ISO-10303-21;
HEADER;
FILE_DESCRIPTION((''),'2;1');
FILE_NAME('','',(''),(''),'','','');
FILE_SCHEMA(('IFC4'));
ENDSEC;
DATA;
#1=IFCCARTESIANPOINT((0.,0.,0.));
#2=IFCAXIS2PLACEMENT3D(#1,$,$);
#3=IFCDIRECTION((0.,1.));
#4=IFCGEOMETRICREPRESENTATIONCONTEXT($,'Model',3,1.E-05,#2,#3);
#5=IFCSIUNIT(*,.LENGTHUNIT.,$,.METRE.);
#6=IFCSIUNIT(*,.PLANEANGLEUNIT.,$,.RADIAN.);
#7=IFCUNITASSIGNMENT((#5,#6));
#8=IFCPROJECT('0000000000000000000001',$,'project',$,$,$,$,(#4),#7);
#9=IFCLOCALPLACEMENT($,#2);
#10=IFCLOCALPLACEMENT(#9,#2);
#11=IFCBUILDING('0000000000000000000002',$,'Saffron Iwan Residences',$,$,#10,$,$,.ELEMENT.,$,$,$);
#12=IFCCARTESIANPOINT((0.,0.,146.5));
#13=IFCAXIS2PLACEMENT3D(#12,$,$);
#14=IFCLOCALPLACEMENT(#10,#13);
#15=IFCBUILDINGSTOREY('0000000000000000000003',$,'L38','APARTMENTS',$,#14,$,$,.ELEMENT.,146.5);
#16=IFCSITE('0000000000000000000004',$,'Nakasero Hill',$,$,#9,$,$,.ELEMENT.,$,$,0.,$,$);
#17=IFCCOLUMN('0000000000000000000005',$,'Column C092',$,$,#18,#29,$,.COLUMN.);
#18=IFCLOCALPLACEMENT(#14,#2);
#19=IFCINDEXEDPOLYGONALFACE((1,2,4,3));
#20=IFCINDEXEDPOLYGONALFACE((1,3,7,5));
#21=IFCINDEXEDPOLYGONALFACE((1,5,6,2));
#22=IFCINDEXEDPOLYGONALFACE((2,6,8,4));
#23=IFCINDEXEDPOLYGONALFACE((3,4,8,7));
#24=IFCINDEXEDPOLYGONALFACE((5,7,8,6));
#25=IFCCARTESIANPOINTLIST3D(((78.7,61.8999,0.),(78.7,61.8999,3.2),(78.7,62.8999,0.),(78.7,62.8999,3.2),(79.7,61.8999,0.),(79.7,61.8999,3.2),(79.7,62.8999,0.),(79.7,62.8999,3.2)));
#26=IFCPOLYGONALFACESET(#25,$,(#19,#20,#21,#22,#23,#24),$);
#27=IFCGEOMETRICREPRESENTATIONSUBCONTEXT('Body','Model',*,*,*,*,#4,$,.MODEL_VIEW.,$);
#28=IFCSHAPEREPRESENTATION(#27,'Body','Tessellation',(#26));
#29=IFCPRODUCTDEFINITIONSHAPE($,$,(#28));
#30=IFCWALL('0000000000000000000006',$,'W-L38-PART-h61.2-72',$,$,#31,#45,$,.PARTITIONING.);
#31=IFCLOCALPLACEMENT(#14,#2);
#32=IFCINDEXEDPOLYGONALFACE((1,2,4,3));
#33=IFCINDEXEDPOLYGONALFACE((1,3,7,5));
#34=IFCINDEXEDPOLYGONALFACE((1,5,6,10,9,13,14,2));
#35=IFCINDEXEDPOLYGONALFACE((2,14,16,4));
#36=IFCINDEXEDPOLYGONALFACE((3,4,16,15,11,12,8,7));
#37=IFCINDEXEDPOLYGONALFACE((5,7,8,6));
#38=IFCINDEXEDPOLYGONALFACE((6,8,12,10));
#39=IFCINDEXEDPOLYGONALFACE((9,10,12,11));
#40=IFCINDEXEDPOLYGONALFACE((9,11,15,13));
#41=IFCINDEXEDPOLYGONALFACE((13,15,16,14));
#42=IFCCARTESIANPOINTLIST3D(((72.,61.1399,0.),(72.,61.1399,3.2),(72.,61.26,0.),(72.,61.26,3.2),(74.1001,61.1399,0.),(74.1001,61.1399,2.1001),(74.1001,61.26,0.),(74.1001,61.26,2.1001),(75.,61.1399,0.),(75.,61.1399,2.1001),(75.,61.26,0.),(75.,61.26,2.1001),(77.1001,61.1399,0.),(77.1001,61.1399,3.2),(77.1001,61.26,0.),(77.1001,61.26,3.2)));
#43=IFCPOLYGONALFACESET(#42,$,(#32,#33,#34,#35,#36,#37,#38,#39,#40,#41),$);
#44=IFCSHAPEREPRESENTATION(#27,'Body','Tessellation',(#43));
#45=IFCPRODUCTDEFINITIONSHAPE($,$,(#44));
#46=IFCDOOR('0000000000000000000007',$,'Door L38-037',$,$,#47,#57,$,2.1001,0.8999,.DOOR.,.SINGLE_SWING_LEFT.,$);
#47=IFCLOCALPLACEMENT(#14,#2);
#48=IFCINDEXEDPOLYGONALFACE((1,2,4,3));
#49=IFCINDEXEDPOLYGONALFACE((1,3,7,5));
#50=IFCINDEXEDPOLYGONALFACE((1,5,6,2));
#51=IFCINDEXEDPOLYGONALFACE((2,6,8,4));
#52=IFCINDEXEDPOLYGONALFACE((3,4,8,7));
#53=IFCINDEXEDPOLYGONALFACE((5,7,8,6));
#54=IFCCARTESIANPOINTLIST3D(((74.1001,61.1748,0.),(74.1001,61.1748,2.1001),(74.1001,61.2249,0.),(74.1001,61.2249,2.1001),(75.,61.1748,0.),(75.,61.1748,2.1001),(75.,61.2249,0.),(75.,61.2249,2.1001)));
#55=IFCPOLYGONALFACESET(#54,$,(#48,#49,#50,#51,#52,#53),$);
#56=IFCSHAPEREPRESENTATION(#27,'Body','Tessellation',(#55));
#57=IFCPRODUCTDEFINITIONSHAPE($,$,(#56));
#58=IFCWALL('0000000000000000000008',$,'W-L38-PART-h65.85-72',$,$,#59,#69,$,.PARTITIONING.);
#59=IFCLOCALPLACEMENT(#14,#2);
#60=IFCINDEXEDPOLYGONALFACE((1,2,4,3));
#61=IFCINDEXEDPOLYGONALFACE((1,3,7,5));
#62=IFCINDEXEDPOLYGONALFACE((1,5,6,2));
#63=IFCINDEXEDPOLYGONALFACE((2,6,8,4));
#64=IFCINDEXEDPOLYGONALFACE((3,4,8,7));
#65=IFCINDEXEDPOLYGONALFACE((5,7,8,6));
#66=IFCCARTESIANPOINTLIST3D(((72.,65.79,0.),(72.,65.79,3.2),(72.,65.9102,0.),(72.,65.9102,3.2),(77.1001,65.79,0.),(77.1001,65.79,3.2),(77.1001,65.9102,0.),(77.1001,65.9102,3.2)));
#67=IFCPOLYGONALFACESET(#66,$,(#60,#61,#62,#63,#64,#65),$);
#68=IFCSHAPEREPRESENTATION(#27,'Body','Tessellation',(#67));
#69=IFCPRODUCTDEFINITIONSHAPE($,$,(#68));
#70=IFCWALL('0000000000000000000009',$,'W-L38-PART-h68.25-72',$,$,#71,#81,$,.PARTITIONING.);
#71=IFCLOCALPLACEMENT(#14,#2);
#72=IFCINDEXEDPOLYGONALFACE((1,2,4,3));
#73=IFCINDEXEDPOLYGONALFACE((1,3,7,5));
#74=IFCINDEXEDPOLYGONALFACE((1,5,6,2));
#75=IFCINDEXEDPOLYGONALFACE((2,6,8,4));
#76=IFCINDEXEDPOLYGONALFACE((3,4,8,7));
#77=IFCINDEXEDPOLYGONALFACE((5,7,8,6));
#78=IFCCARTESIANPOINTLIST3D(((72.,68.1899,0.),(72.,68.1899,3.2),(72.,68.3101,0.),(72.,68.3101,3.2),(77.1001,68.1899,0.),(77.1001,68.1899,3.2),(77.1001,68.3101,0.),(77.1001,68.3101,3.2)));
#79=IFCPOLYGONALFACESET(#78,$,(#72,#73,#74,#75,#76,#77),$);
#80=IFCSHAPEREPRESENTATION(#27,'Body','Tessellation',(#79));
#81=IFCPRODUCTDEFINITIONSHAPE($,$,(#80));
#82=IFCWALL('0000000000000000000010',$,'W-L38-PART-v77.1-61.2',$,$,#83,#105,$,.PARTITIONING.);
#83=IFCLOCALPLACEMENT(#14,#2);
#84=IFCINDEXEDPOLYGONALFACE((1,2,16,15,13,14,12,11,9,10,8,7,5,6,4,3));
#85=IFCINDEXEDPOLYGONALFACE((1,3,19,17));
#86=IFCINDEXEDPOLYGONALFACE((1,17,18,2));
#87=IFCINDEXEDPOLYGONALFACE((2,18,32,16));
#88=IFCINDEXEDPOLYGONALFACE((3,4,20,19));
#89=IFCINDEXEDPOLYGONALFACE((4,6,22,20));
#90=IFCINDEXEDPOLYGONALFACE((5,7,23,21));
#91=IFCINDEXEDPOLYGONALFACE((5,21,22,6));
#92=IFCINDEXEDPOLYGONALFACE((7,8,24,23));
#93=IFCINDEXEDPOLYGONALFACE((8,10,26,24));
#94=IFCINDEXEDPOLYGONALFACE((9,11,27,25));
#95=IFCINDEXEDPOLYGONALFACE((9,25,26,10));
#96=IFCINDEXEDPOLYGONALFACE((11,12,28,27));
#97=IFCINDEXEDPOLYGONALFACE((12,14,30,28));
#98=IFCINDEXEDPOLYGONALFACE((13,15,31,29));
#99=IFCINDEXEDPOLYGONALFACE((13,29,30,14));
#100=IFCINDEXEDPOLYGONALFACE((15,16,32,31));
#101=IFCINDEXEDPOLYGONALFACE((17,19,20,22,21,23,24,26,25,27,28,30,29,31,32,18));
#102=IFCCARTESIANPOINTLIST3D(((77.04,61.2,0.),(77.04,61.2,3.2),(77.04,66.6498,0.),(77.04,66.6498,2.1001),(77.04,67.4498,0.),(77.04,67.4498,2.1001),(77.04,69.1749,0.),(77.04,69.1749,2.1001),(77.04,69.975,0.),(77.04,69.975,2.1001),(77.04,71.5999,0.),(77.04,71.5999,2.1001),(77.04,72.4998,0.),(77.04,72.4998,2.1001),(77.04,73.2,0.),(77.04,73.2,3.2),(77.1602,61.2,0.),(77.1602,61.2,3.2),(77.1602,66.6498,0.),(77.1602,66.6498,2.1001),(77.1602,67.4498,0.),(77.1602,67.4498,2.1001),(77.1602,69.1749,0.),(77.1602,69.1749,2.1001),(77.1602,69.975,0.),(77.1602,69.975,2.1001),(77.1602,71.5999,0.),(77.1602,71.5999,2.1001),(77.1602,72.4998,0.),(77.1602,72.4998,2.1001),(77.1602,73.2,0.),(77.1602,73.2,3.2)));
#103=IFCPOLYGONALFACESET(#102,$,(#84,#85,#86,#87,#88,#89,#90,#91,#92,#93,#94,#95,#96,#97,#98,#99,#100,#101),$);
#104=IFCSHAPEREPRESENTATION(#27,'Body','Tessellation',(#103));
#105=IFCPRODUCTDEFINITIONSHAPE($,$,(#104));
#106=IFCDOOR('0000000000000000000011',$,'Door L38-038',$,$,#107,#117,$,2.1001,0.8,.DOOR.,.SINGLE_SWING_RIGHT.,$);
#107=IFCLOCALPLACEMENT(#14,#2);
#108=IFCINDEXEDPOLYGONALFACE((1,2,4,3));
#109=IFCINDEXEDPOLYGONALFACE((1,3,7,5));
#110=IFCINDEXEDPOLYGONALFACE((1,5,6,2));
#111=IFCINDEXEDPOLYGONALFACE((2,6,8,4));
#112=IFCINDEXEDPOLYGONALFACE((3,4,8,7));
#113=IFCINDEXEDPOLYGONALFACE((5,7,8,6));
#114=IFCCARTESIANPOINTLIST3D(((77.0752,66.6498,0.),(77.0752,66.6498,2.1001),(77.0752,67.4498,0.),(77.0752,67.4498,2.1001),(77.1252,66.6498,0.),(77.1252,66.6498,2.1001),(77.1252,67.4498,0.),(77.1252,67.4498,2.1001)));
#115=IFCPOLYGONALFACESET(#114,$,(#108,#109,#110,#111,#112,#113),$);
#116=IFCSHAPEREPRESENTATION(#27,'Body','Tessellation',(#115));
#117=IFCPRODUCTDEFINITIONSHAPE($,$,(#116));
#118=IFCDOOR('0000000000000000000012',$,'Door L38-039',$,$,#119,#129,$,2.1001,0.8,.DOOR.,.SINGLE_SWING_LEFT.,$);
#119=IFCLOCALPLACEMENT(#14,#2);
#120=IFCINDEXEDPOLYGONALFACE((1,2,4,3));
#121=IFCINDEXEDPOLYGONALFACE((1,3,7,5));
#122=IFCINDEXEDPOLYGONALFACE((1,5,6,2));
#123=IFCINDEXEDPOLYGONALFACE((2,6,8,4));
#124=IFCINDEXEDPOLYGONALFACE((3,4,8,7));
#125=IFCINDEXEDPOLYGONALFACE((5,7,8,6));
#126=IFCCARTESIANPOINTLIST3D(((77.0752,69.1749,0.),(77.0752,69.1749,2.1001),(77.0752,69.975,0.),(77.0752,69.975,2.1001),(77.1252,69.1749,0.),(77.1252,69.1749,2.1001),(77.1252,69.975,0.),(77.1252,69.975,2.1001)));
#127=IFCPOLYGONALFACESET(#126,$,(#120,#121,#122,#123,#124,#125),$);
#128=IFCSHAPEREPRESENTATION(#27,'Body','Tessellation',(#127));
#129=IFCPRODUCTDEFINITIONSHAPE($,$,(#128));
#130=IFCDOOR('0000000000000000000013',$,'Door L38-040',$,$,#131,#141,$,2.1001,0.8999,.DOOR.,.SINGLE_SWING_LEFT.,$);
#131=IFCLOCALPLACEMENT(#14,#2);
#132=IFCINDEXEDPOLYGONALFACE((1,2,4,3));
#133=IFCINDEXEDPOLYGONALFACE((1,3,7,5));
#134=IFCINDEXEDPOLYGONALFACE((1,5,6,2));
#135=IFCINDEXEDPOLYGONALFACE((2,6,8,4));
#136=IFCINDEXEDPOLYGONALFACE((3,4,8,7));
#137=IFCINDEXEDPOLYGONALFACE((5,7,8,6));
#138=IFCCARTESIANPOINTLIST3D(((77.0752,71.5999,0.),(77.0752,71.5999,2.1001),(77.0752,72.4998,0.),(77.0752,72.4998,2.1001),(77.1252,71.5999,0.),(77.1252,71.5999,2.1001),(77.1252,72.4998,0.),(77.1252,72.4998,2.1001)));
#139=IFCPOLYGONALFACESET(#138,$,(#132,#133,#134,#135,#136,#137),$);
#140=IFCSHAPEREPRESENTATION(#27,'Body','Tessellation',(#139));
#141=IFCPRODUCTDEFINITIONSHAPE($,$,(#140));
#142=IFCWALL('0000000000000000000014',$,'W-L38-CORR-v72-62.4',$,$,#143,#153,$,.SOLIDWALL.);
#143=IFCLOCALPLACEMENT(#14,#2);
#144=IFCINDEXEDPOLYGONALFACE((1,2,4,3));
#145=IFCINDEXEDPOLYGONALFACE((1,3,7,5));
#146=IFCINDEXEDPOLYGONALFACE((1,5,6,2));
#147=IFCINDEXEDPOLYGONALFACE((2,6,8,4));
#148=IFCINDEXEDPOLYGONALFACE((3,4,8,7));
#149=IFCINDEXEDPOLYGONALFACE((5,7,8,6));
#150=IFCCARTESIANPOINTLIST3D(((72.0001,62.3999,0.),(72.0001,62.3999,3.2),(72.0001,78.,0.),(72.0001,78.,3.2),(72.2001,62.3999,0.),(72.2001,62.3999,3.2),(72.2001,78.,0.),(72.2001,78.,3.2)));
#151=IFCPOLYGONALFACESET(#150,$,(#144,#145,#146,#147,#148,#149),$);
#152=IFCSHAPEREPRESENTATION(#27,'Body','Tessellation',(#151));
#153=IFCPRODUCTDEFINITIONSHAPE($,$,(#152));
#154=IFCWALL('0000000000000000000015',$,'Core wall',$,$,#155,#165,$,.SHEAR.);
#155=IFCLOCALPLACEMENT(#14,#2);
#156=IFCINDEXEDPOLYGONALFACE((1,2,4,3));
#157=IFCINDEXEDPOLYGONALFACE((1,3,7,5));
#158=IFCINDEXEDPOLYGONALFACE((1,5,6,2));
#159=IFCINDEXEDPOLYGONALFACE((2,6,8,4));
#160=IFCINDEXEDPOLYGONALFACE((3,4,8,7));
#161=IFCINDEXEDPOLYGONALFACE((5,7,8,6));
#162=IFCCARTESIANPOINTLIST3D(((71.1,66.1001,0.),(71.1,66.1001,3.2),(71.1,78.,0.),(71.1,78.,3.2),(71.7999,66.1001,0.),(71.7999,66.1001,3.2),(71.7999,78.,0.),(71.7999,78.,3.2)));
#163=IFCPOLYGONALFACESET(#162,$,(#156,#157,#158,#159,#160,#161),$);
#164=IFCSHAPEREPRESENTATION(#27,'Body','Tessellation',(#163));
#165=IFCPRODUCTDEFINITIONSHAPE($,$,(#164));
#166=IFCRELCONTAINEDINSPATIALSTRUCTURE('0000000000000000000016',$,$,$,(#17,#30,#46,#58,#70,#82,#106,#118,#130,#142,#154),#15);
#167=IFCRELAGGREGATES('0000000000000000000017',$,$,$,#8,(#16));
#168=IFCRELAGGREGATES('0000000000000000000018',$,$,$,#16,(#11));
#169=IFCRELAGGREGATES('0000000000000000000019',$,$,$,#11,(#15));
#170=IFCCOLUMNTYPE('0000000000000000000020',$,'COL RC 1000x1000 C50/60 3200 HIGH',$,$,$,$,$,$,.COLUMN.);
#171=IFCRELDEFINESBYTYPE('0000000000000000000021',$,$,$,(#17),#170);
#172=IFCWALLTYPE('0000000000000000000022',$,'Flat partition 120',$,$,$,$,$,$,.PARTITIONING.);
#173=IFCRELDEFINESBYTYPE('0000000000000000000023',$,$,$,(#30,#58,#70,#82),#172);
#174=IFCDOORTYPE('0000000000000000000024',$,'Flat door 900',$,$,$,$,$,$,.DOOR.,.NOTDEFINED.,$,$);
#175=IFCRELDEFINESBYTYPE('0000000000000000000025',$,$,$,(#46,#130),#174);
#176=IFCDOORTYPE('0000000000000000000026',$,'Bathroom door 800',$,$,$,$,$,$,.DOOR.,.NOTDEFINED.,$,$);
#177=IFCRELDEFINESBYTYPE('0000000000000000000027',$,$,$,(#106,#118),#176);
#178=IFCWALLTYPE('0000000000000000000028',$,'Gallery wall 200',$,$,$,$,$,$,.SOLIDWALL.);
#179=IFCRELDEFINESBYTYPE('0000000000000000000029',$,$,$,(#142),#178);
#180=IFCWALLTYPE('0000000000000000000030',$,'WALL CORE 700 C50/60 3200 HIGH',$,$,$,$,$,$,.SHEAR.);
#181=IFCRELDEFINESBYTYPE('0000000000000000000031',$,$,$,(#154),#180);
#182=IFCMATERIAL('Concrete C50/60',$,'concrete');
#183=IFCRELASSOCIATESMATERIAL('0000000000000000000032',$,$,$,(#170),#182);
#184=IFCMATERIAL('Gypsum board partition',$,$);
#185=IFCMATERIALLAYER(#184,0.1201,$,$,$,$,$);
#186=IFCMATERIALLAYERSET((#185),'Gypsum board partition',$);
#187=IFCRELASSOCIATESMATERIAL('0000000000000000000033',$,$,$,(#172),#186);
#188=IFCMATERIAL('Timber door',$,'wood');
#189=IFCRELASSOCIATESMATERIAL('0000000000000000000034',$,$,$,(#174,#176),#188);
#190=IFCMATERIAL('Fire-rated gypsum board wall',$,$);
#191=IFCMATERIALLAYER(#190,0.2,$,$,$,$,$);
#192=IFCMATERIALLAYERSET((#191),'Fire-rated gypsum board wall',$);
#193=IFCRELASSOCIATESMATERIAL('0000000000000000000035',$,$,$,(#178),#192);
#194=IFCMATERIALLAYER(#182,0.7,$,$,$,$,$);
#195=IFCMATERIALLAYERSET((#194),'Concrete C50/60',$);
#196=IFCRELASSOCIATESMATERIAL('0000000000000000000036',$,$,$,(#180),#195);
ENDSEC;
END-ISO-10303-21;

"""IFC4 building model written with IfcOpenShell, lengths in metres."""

from ifc_helpers import new_model, si_unit, direction, frame, frame_2d, origin, origin_2d, place, context, subcontext, project, spatial, rectangle, extrude, source, transform, mapped, material, layer, layer_set, material_profile, profile_set, type_object, element, fill, save


model = new_model("IFC4")

# Units and contexts
model_context = context("Model", 3, precision=1e-05, world=origin(), true_north=direction((0.0, 1.0)))
body_context = subcontext(model_context, "Body", "Model", "MODEL_VIEW")
ifc_project = project(units=[si_unit("LENGTHUNIT", "METRE"), si_unit("PLANEANGLEUNIT", "RADIAN")], contexts=[model_context])

# Site, building, storey
site_placement = place(None, origin())
site = spatial("IfcSite", under=ifc_project, at=site_placement, Name="Nakasero Hill", CompositionType="ELEMENT", RefElevation=0.0)
building_placement = place(site_placement, origin())
building = spatial("IfcBuilding", under=site, at=building_placement, Name="Saffron Iwan Residences", CompositionType="ELEMENT")
storey_placement = place(building_placement, frame((0.0, 0.0, 146.5)))
storey = spatial("IfcBuildingStorey", under=building, at=storey_placement, Name="L38", Description="APARTMENTS", CompositionType="ELEMENT", Elevation=146.5)

# Column
ifc_material_1 = material(Name="Concrete C50/60", Category="concrete")
ifc_material_profile = material_profile(ifc_material_1, rectangle(XDim=1.0, YDim=1.0, at=origin_2d()), Name="RC 1000x1000")
ifc_profile_set = profile_set([ifc_material_profile], Name="Concrete C50/60")
column_type = type_object("IfcColumnType", Name="COL RC 1000x1000 C50/60 3200 HIGH", PredefinedType="COLUMN", material=ifc_profile_set)
shared_shape = source(origin(), body_context, "Body", "SweptSolid", [
    extrude(rectangle(XDim=1.0, YDim=1.0, at=origin_2d()), origin(), (0.0, 0.0, 1.0), 3.2),
])
column_placement = place(storey_placement, frame((79.2, 62.3999, 0.0), z_axis=(0.0, 0.0, 1.0), x_axis=(1.0, 0.0, 0.0)))
element("IfcColumn", 1, at=column_placement, inside=storey, type_object=column_type, Name="Column C092", PredefinedType="COLUMN", context=body_context, shape_type="MappedRepresentation", body=[
    mapped(shared_shape, transform((0.0, 0.0, 0.0))),
])

# Wall, opening, door
ifc_material_2 = material(Name="Gypsum board partition")
ifc_layer_1 = layer(ifc_material_2, 0.1201)
ifc_layer_set_1 = layer_set([ifc_layer_1], Name="Gypsum board partition")
wall_type_1 = type_object("IfcWallType", Name="Flat partition 120", PredefinedType="PARTITIONING", material=ifc_layer_set_1)
wall_1_placement = place(storey_placement, frame((72.0, 61.2, 0.0), z_axis=(0.0, 0.0, 1.0), x_axis=(1.0, 0.0, 0.0)))
wall_1 = element("IfcWall", 2, at=wall_1_placement, inside=storey, type_object=wall_type_1, Name="W-L38-PART-h61.2-72", PredefinedType="PARTITIONING", context=body_context, shape_type="SweptSolid", body=[
    extrude(rectangle(XDim=5.1001, YDim=0.1201, at=frame_2d((2.55, 0.0))), origin(), (0.0, 0.0, 1.0), 3.2),
])
opening_1_placement = place(wall_1_placement, frame((2.1001, 0.0, 0.0)))
opening_1 = element("IfcOpeningElement", 3, at=opening_1_placement, cuts=wall_1, PredefinedType="OPENING", context=body_context, shape_type="SweptSolid", body=[
    extrude(rectangle(XDim=0.8999, YDim=2.1001, at=frame_2d((0.45, 1.05))), frame((0.0, 0.0701, 0.0), z_axis=(0.0, -1.0, 0.0), x_axis=(1.0, 0.0, 0.0)), (0.0, 0.0, 1.0), 0.1401),
])
ifc_material_3 = material(Name="Timber door", Category="wood")
door_type_1 = type_object("IfcDoorType", Name="Flat door 900", OperationType="NOTDEFINED", PredefinedType="DOOR", material=ifc_material_3)
door_1_placement = place(opening_1_placement, origin())
door_1 = element("IfcDoor", 4, at=door_1_placement, inside=storey, type_object=door_type_1, Name="Door L38-037", OperationType="SINGLE_SWING_LEFT", OverallHeight=2.1001, OverallWidth=0.8999, PredefinedType="DOOR", context=body_context, shape_type="SweptSolid", body=[
    extrude(rectangle(XDim=0.8999, YDim=2.1001, at=frame_2d((0.45, 1.05))), frame((0.0, 0.0249, 0.0), z_axis=(0.0, -1.0, 0.0), x_axis=(1.0, 0.0, 0.0)), (0.0, 0.0, 1.0), 0.05),
])
fill(opening_1, door_1)

# Walls
for number, where, z_axis, x_axis, name in (
    (5, (72.0, 65.8501, 0.0), (0.0, 0.0, 1.0), (1.0, 0.0, 0.0), "W-L38-PART-h65.85-72"),
    (6, (72.0, 68.25, 0.0), (0.0, 0.0, 1.0), (1.0, 0.0, 0.0), "W-L38-PART-h68.25-72"),
):
    element("IfcWall", number, at=place(storey_placement, frame(where, z_axis=z_axis, x_axis=x_axis)), inside=storey, type_object=wall_type_1, Name=name, PredefinedType="PARTITIONING", context=body_context, shape_type="SweptSolid", body=[
        extrude(rectangle(XDim=5.1001, YDim=0.1201, at=frame_2d((2.55, 0.0))), origin(), (0.0, 0.0, 1.0), 3.2),
    ])

# Wall, openings, doors
wall_2_placement = place(storey_placement, frame((77.1001, 61.2, 0.0), z_axis=(0.0, 0.0, 1.0), x_axis=(0.0, 1.0, 0.0)))
wall_2 = element("IfcWall", 7, at=wall_2_placement, inside=storey, type_object=wall_type_1, Name="W-L38-PART-v77.1-61.2", PredefinedType="PARTITIONING", context=body_context, shape_type="SweptSolid", body=[
    extrude(rectangle(XDim=12.0, YDim=0.1201, at=frame_2d((6.0, 0.0))), origin(), (0.0, 0.0, 1.0), 3.2),
])
opening_2_placement = place(wall_2_placement, frame((5.45, 0.0, 0.0)))
opening_2 = element("IfcOpeningElement", 8, at=opening_2_placement, cuts=wall_2, PredefinedType="OPENING", context=body_context, shape_type="SweptSolid", body=[
    extrude(rectangle(XDim=0.8, YDim=2.1001, at=frame_2d((0.3999, 1.05))), frame((0.0, 0.0701, 0.0), z_axis=(0.0, -1.0, 0.0), x_axis=(1.0, 0.0, 0.0)), (0.0, 0.0, 1.0), 0.1401),
])
opening_3_placement = place(wall_2_placement, frame((7.9751, 0.0, 0.0)))
opening_3 = element("IfcOpeningElement", 9, at=opening_3_placement, cuts=wall_2, PredefinedType="OPENING", context=body_context, shape_type="SweptSolid", body=[
    extrude(rectangle(XDim=0.8, YDim=2.1001, at=frame_2d((0.3999, 1.05))), frame((0.0, 0.0701, 0.0), z_axis=(0.0, -1.0, 0.0), x_axis=(1.0, 0.0, 0.0)), (0.0, 0.0, 1.0), 0.1401),
])
opening_4_placement = place(wall_2_placement, frame((10.3999, 0.0, 0.0)))
opening_4 = element("IfcOpeningElement", 10, at=opening_4_placement, cuts=wall_2, PredefinedType="OPENING", context=body_context, shape_type="SweptSolid", body=[
    extrude(rectangle(XDim=0.8999, YDim=2.1001, at=frame_2d((0.45, 1.05))), frame((0.0, 0.0701, 0.0), z_axis=(0.0, -1.0, 0.0), x_axis=(1.0, 0.0, 0.0)), (0.0, 0.0, 1.0), 0.1401),
])
door_type_2 = type_object("IfcDoorType", Name="Bathroom door 800", OperationType="NOTDEFINED", PredefinedType="DOOR", material=ifc_material_3)
door_2_placement = place(opening_2_placement, origin())
door_2 = element("IfcDoor", 11, at=door_2_placement, inside=storey, type_object=door_type_2, Name="Door L38-038", OperationType="SINGLE_SWING_RIGHT", OverallHeight=2.1001, OverallWidth=0.8, PredefinedType="DOOR", context=body_context, shape_type="SweptSolid", body=[
    extrude(rectangle(XDim=0.8, YDim=2.1001, at=frame_2d((0.3999, 1.05))), frame((0.0, 0.0249, 0.0), z_axis=(0.0, -1.0, 0.0), x_axis=(1.0, 0.0, 0.0)), (0.0, 0.0, 1.0), 0.05),
])
fill(opening_2, door_2)
door_3_placement = place(opening_3_placement, origin())
door_3 = element("IfcDoor", 12, at=door_3_placement, inside=storey, type_object=door_type_2, Name="Door L38-039", OperationType="SINGLE_SWING_LEFT", OverallHeight=2.1001, OverallWidth=0.8, PredefinedType="DOOR", context=body_context, shape_type="SweptSolid", body=[
    extrude(rectangle(XDim=0.8, YDim=2.1001, at=frame_2d((0.3999, 1.05))), frame((0.0, 0.0249, 0.0), z_axis=(0.0, -1.0, 0.0), x_axis=(1.0, 0.0, 0.0)), (0.0, 0.0, 1.0), 0.05),
])
fill(opening_3, door_3)
door_4_placement = place(opening_4_placement, origin())
door_4 = element("IfcDoor", 13, at=door_4_placement, inside=storey, type_object=door_type_1, Name="Door L38-040", OperationType="SINGLE_SWING_LEFT", OverallHeight=2.1001, OverallWidth=0.8999, PredefinedType="DOOR", context=body_context, shape_type="SweptSolid", body=[
    extrude(rectangle(XDim=0.8999, YDim=2.1001, at=frame_2d((0.45, 1.05))), frame((0.0, 0.0249, 0.0), z_axis=(0.0, -1.0, 0.0), x_axis=(1.0, 0.0, 0.0)), (0.0, 0.0, 1.0), 0.05),
])
fill(opening_4, door_4)

# Walls
ifc_material_4 = material(Name="Fire-rated gypsum board wall")
ifc_layer_2 = layer(ifc_material_4, 0.2)
ifc_layer_set_2 = layer_set([ifc_layer_2], Name="Fire-rated gypsum board wall")
wall_type_2 = type_object("IfcWallType", Name="Gallery wall 200", PredefinedType="SOLIDWALL", material=ifc_layer_set_2)
wall_3_placement = place(storey_placement, frame((72.1001, 62.3999, 0.0), z_axis=(0.0, 0.0, 1.0), x_axis=(0.0, 1.0, 0.0)))
element("IfcWall", 14, at=wall_3_placement, inside=storey, type_object=wall_type_2, Name="W-L38-CORR-v72-62.4", PredefinedType="SOLIDWALL", context=body_context, shape_type="SweptSolid", body=[
    extrude(rectangle(XDim=15.6001, YDim=0.2, at=frame_2d((7.8, 0.0))), origin(), (0.0, 0.0, 1.0), 3.2),
])
ifc_layer_3 = layer(ifc_material_1, 0.7)
ifc_layer_set_3 = layer_set([ifc_layer_3], Name="Concrete C50/60")
wall_type_3 = type_object("IfcWallType", Name="WALL CORE 700 C50/60 3200 HIGH", PredefinedType="SHEAR", material=ifc_layer_set_3)
wall_4_placement = place(storey_placement, frame((71.45, 66.1001, 0.0), z_axis=(0.0, 0.0, 1.0), x_axis=(0.0, 1.0, 0.0)))
element("IfcWall", 15, at=wall_4_placement, inside=storey, type_object=wall_type_3, Name="Core wall", PredefinedType="SHEAR", context=body_context, shape_type="SweptSolid", body=[
    extrude(rectangle(XDim=11.8999, YDim=0.7, at=frame_2d((5.95, 0.0))), origin(), (0.0, 0.0, 1.0), 3.2),
])

save(model, "model.ifc")
